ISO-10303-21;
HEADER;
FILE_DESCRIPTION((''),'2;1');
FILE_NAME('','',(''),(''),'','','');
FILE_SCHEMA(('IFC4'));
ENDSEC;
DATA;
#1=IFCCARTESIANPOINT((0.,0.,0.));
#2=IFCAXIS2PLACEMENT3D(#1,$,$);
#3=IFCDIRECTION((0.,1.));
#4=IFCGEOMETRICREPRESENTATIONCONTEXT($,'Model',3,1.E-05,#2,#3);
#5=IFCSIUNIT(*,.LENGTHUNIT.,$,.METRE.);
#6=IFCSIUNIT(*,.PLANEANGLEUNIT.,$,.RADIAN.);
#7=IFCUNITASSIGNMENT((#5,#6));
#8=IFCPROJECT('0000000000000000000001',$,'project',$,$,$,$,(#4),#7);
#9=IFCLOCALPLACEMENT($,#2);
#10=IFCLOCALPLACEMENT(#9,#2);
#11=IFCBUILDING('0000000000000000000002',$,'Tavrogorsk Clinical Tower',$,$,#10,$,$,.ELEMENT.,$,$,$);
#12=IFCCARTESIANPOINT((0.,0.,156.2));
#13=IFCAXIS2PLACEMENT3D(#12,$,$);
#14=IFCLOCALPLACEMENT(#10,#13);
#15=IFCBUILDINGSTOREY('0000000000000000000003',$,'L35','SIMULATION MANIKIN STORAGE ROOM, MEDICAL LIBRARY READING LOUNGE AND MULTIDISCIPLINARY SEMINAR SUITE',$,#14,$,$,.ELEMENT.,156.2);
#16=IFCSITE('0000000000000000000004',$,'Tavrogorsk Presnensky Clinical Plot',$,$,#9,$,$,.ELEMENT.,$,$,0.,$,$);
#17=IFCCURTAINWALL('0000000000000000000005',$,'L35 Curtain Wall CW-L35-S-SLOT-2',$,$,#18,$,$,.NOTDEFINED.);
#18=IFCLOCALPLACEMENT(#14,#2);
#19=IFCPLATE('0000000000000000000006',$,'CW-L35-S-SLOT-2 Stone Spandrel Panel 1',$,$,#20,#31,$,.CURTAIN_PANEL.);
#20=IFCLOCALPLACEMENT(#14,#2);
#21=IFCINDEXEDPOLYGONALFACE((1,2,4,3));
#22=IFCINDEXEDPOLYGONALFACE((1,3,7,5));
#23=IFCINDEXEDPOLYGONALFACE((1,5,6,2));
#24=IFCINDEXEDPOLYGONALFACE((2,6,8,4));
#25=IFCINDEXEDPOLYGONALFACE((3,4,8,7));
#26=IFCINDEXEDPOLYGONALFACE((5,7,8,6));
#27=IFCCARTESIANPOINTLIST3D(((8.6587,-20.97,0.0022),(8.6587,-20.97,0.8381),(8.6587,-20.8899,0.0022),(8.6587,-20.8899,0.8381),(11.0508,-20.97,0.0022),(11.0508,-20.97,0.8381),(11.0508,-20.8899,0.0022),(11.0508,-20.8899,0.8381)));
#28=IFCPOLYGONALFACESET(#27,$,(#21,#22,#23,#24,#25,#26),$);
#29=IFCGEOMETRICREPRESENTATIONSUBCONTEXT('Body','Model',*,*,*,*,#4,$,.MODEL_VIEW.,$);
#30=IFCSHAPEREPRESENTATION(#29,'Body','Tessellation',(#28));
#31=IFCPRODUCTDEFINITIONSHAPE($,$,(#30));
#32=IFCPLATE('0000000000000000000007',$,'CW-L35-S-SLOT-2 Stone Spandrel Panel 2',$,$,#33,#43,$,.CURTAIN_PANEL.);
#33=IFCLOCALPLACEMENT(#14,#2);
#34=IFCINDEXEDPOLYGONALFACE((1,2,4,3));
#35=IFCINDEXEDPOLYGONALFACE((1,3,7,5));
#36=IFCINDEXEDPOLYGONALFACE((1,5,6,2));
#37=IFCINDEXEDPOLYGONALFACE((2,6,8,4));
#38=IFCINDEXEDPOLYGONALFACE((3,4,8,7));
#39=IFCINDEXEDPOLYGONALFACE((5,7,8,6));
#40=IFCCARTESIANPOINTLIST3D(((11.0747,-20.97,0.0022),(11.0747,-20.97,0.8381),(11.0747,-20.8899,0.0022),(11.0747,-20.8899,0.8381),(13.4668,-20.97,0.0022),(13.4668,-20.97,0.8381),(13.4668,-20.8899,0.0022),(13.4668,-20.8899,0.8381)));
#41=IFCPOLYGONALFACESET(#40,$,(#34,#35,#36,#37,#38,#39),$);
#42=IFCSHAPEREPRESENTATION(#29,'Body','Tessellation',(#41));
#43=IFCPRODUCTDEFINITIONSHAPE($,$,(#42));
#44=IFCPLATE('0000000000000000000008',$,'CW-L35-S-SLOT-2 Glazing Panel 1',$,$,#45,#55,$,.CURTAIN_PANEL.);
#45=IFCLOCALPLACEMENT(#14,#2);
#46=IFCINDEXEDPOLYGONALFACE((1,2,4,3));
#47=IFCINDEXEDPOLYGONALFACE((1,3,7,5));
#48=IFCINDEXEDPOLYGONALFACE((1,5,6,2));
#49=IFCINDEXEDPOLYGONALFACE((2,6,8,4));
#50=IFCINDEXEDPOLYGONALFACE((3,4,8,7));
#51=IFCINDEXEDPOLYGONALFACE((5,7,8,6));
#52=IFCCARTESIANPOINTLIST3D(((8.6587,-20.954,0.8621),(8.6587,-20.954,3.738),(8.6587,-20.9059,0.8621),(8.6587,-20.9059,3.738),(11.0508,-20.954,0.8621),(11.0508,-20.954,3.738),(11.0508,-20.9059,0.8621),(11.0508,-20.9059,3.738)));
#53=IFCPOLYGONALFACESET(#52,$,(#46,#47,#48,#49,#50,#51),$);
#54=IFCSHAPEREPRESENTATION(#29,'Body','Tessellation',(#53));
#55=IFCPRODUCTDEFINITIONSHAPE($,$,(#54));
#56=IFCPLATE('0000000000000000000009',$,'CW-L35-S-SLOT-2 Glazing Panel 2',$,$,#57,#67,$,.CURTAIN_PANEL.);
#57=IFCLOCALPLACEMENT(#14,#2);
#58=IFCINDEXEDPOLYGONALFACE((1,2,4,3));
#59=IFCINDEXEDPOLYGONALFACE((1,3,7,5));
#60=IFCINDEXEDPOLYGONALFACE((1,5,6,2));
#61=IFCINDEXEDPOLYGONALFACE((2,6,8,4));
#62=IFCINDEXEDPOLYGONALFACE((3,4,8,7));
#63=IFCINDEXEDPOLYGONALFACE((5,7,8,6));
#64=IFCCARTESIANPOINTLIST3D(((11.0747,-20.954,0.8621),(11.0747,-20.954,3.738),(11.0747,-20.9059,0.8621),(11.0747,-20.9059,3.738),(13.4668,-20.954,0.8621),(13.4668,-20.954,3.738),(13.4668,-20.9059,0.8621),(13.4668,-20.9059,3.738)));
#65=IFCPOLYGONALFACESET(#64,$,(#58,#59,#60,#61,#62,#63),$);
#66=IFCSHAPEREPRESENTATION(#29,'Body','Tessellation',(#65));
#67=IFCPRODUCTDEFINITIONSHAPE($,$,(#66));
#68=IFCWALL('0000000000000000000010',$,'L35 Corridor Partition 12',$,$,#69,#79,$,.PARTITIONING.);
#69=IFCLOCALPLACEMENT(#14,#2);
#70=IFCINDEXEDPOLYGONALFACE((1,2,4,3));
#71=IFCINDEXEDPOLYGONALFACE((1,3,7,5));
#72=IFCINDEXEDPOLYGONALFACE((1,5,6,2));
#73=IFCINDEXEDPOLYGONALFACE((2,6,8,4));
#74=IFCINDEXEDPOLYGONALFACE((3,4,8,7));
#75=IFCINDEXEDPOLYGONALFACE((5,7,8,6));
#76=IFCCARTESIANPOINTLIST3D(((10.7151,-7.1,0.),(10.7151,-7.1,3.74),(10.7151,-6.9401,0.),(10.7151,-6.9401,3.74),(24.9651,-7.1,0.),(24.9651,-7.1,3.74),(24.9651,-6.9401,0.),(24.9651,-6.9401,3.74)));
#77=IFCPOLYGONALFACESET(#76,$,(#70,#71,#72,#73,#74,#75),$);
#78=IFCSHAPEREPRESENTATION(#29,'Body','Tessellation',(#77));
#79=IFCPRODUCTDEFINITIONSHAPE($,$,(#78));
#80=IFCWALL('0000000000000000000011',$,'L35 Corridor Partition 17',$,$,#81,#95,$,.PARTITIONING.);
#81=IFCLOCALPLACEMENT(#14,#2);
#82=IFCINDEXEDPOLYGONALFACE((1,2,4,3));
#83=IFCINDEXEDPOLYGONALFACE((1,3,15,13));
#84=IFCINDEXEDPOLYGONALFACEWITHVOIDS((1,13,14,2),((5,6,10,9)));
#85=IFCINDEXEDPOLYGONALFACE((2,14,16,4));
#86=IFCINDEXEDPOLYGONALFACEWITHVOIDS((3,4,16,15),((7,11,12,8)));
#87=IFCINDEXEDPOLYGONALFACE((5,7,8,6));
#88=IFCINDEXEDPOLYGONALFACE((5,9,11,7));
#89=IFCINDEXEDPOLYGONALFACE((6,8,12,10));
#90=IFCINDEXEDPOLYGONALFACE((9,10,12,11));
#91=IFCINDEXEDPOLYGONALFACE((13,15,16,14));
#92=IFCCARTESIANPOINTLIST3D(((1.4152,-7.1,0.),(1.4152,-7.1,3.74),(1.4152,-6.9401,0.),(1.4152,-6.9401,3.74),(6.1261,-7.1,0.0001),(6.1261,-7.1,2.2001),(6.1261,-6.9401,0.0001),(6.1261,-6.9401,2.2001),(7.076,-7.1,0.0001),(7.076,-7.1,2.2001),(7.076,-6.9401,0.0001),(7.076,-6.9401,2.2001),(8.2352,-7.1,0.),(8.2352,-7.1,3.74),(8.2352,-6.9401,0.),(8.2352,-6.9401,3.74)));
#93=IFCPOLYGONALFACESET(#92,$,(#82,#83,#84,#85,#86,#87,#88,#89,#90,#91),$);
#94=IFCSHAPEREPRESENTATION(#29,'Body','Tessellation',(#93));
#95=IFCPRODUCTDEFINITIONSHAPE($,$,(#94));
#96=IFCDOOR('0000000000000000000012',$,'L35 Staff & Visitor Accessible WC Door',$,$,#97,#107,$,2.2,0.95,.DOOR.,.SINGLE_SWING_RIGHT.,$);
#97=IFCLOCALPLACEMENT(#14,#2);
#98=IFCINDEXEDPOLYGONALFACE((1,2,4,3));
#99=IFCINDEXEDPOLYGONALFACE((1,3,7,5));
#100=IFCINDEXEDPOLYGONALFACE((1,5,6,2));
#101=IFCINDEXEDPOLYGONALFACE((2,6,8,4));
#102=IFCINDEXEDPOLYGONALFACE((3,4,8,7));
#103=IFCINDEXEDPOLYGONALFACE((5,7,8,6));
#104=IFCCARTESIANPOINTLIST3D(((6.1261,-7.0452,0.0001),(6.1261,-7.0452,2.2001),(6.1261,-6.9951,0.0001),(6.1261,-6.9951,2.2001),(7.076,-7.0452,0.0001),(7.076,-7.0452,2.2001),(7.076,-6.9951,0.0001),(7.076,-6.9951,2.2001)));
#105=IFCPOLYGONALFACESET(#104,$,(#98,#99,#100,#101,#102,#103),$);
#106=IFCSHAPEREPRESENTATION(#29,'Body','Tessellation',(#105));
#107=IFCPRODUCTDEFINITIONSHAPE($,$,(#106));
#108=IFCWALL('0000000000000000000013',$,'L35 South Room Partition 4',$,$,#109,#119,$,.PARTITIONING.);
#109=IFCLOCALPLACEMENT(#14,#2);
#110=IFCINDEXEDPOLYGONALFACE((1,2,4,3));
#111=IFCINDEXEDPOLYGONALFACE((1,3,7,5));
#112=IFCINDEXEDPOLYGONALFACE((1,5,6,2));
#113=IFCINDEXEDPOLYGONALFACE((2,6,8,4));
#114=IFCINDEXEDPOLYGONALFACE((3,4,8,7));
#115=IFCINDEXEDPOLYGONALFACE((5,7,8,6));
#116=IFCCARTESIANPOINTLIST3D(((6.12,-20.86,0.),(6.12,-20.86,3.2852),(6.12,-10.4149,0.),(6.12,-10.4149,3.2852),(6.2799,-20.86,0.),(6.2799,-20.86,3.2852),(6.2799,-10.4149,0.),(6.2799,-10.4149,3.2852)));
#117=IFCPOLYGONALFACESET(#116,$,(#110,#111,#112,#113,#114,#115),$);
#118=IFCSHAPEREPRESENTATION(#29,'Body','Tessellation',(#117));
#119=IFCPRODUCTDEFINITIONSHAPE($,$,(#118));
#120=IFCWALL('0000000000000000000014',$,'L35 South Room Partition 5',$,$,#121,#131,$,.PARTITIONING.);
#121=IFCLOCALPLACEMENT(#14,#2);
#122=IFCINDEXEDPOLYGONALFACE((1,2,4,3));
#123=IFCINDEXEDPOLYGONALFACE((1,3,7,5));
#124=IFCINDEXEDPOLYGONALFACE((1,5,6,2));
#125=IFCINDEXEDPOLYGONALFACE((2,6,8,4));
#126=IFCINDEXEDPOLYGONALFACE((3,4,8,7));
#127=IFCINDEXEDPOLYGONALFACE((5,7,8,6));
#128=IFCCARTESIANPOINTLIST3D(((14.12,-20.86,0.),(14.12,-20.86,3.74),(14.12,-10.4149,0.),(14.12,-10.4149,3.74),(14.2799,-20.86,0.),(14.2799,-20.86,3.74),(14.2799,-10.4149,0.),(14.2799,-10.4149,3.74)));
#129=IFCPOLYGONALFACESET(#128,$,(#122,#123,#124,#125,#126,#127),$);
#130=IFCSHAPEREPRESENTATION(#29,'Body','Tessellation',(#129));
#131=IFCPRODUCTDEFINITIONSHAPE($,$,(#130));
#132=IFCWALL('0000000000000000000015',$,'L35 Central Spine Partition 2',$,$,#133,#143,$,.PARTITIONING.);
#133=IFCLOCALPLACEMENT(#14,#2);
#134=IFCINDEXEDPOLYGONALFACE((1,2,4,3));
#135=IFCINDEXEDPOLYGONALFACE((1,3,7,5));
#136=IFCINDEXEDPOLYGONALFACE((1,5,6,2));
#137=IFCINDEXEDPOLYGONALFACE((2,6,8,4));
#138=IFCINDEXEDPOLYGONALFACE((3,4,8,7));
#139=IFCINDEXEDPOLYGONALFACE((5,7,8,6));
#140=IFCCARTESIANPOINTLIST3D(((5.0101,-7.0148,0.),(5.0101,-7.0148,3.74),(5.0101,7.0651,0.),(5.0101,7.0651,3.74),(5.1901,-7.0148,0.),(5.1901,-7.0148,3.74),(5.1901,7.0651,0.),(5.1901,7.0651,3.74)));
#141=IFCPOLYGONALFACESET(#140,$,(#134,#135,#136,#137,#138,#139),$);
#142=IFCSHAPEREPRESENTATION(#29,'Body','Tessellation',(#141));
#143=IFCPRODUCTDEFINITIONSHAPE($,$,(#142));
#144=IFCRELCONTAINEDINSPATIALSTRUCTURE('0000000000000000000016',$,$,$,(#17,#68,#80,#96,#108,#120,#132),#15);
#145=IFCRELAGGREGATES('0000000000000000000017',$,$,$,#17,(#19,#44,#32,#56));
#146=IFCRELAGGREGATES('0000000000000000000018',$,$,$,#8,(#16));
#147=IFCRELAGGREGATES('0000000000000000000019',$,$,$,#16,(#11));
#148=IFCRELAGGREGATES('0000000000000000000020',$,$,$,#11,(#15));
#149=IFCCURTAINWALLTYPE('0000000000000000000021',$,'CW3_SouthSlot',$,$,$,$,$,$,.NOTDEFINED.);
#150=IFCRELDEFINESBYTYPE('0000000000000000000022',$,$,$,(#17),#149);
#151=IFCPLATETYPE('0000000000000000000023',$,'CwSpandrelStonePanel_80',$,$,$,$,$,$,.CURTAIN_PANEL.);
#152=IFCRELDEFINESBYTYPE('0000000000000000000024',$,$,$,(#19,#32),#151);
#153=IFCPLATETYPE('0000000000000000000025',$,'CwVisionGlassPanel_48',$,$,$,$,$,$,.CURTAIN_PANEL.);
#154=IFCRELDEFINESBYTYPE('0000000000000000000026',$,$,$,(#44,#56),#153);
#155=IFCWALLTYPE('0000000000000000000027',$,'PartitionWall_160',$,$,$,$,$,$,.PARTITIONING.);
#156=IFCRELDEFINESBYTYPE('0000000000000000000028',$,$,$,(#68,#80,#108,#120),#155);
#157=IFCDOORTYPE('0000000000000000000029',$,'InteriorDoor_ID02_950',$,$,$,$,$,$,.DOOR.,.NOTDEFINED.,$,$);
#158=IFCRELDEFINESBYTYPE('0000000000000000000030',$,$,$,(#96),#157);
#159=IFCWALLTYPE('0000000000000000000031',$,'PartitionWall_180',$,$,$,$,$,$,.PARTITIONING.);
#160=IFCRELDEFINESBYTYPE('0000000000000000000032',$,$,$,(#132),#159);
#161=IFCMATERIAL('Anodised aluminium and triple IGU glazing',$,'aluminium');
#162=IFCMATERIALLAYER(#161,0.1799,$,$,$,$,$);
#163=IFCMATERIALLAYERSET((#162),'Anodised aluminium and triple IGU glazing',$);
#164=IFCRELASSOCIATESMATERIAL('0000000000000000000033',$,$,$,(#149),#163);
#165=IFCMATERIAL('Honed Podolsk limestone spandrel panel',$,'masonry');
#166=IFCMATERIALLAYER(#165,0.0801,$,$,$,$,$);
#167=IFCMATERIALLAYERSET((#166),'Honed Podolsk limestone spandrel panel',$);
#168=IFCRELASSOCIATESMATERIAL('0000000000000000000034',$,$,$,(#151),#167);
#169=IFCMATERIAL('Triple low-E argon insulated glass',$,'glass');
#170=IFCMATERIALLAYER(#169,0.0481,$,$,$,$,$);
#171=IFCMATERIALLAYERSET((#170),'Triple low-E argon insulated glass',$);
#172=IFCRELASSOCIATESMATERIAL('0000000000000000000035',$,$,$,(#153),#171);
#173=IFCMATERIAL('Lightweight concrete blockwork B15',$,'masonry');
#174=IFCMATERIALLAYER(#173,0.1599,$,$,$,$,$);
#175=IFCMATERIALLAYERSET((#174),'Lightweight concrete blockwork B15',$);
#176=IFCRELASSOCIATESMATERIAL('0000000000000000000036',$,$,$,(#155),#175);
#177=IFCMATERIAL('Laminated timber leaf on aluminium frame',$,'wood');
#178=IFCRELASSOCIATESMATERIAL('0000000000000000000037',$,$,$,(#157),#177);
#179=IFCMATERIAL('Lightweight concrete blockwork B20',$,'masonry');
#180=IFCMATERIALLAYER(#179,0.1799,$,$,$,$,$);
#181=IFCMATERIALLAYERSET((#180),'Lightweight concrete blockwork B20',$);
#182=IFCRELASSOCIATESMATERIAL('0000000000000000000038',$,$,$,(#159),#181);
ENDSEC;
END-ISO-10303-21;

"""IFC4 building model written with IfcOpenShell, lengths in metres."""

from ifc_helpers import new_model, si_unit, direction, frame, frame_2d, origin, origin_2d, place, context, subcontext, project, spatial, rectangle, extrude, material, layer, layer_set, type_object, element, fill, aggregate, save


model = new_model("IFC4")

# Units and contexts
model_context = context("Model", 3, precision=1e-05, world=origin(), true_north=direction((0.0, 1.0)))
body_context = subcontext(model_context, "Body", "Model", "MODEL_VIEW")
ifc_project = project(units=[si_unit("LENGTHUNIT", "METRE"), si_unit("PLANEANGLEUNIT", "RADIAN")], contexts=[model_context])

# Site, building, storey
site_placement = place(None, origin())
site = spatial("IfcSite", under=ifc_project, at=site_placement, Name="Tavrogorsk Presnensky Clinical Plot", CompositionType="ELEMENT", RefElevation=0.0)
building_placement = place(site_placement, origin())
building = spatial("IfcBuilding", under=site, at=building_placement, Name="Tavrogorsk Clinical Tower", CompositionType="ELEMENT")
storey_placement = place(building_placement, frame((0.0, 0.0, 156.2)))
storey = spatial("IfcBuildingStorey", under=building, at=storey_placement, Name="L35", Description="SIMULATION MANIKIN STORAGE ROOM, MEDICAL LIBRARY READING LOUNGE AND MULTIDISCIPLINARY SEMINAR SUITE", CompositionType="ELEMENT", Elevation=156.2)

# Curtain wall
ifc_material_1 = material(Name="Anodised aluminium and triple IGU glazing", Category="aluminium")
ifc_layer_1 = layer(ifc_material_1, 0.1799)
ifc_layer_set_1 = layer_set([ifc_layer_1], Name="Anodised aluminium and triple IGU glazing")
curtain_wall_type = type_object("IfcCurtainWallType", Name="CW3_SouthSlot", PredefinedType="NOTDEFINED", material=ifc_layer_set_1)
curtain_wall_placement = place(storey_placement, origin())
curtain_wall = element("IfcCurtainWall", 1, at=curtain_wall_placement, inside=storey, type_object=curtain_wall_type, Name="L35 Curtain Wall CW-L35-S-SLOT-2", PredefinedType="NOTDEFINED")

# Plates
ifc_material_2 = material(Name="Honed Podolsk limestone spandrel panel", Category="masonry")
ifc_layer_2 = layer(ifc_material_2, 0.0801)
ifc_layer_set_2 = layer_set([ifc_layer_2], Name="Honed Podolsk limestone spandrel panel")
plate_type_1 = type_object("IfcPlateType", Name="CwSpandrelStonePanel_80", PredefinedType="CURTAIN_PANEL", material=ifc_layer_set_2)
plate_1_placement = place(storey_placement, frame((9.8547, -20.9299, 0.0022), z_axis=(0.0, 0.0, 1.0), x_axis=(1.0, 0.0, 0.0)))
plate_1 = element("IfcPlate", 2, at=plate_1_placement, type_object=plate_type_1, Name="CW-L35-S-SLOT-2 Stone Spandrel Panel 1", PredefinedType="CURTAIN_PANEL", context=body_context, shape_type="SweptSolid", body=[
    extrude(rectangle(XDim=2.3921, YDim=0.0801, at=origin_2d()), origin(), (0.0, 0.0, 1.0), 0.8359),
])
plate_2_placement = place(storey_placement, frame((12.2708, -20.9299, 0.0022), z_axis=(0.0, 0.0, 1.0), x_axis=(1.0, 0.0, 0.0)))
plate_2 = element("IfcPlate", 3, at=plate_2_placement, type_object=plate_type_1, Name="CW-L35-S-SLOT-2 Stone Spandrel Panel 2", PredefinedType="CURTAIN_PANEL", context=body_context, shape_type="SweptSolid", body=[
    extrude(rectangle(XDim=2.3921, YDim=0.0801, at=origin_2d()), origin(), (0.0, 0.0, 1.0), 0.8359),
])
ifc_material_3 = material(Name="Triple low-E argon insulated glass", Category="glass")
ifc_layer_3 = layer(ifc_material_3, 0.0481)
ifc_layer_set_3 = layer_set([ifc_layer_3], Name="Triple low-E argon insulated glass")
plate_type_2 = type_object("IfcPlateType", Name="CwVisionGlassPanel_48", PredefinedType="CURTAIN_PANEL", material=ifc_layer_set_3)
plate_3_placement = place(storey_placement, frame((9.8547, -20.9299, 0.8621), z_axis=(0.0, 0.0, 1.0), x_axis=(1.0, 0.0, 0.0)))
plate_3 = element("IfcPlate", 4, at=plate_3_placement, type_object=plate_type_2, Name="CW-L35-S-SLOT-2 Glazing Panel 1", PredefinedType="CURTAIN_PANEL", context=body_context, shape_type="SweptSolid", body=[
    extrude(rectangle(XDim=2.3921, YDim=0.0481, at=origin_2d()), origin(), (0.0, 0.0, 1.0), 2.876),
])
plate_4_placement = place(storey_placement, frame((12.2708, -20.9299, 0.8621), z_axis=(0.0, 0.0, 1.0), x_axis=(1.0, 0.0, 0.0)))
plate_4 = element("IfcPlate", 5, at=plate_4_placement, type_object=plate_type_2, Name="CW-L35-S-SLOT-2 Glazing Panel 2", PredefinedType="CURTAIN_PANEL", context=body_context, shape_type="SweptSolid", body=[
    extrude(rectangle(XDim=2.3921, YDim=0.0481, at=origin_2d()), origin(), (0.0, 0.0, 1.0), 2.876),
])
aggregate(curtain_wall, [plate_1, plate_3, plate_2, plate_4])

# Wall
ifc_material_4 = material(Name="Lightweight concrete blockwork B15", Category="masonry")
ifc_layer_4 = layer(ifc_material_4, 0.1599)
ifc_layer_set_4 = layer_set([ifc_layer_4], Name="Lightweight concrete blockwork B15")
wall_type_1 = type_object("IfcWallType", Name="PartitionWall_160", PredefinedType="PARTITIONING", material=ifc_layer_set_4)
wall_1_placement = place(storey_placement, frame((10.7151, -7.02, 0.0), z_axis=(0.0, 0.0, 1.0), x_axis=(1.0, 0.0, 0.0)))
element("IfcWall", 6, at=wall_1_placement, inside=storey, type_object=wall_type_1, Name="L35 Corridor Partition 12", PredefinedType="PARTITIONING", context=body_context, shape_type="SweptSolid", body=[
    extrude(rectangle(XDim=14.25, YDim=0.1599, at=frame_2d((7.125, 0.0))), origin(), (0.0, 0.0, 1.0), 3.74),
])

# Wall, opening, door
wall_2_placement = place(storey_placement, frame((1.415, -7.02, 0.0), z_axis=(0.0, 0.0, 1.0), x_axis=(1.0, 0.0, 0.0)))
wall_2 = element("IfcWall", 7, at=wall_2_placement, inside=storey, type_object=wall_type_1, Name="L35 Corridor Partition 17", PredefinedType="PARTITIONING", context=body_context, shape_type="SweptSolid", body=[
    extrude(rectangle(XDim=6.8201, YDim=0.1599, at=frame_2d((3.4102, 0.0))), origin(), (0.0, 0.0, 1.0), 3.74),
])
opening_1_placement = place(wall_2_placement, frame((4.7109, 0.0, 0.0)))
opening_1 = element("IfcOpeningElement", 8, at=opening_1_placement, cuts=wall_2, PredefinedType="OPENING", context=body_context, shape_type="SweptSolid", body=[
    extrude(rectangle(XDim=0.95, YDim=2.2, at=frame_2d((0.4751, 1.1001))), frame((0.0, 0.0898, 0.0), z_axis=(0.0, -1.0, 0.0), x_axis=(1.0, 0.0, 0.0)), (0.0, 0.0, 1.0), 0.1799),
])
ifc_material_5 = material(Name="Laminated timber leaf on aluminium frame", Category="wood")
door_type = type_object("IfcDoorType", Name="InteriorDoor_ID02_950", OperationType="NOTDEFINED", PredefinedType="DOOR", material=ifc_material_5)
door_placement = place(opening_1_placement, origin())
door = element("IfcDoor", 9, at=door_placement, inside=storey, type_object=door_type, Name="L35 Staff & Visitor Accessible WC Door", OperationType="SINGLE_SWING_RIGHT", OverallHeight=2.2, OverallWidth=0.95, PredefinedType="DOOR", context=body_context, shape_type="SweptSolid", body=[
    extrude(rectangle(XDim=0.95, YDim=2.2, at=frame_2d((0.4751, 1.1001))), frame((0.0, 0.0249, 0.0), z_axis=(0.0, -1.0, 0.0), x_axis=(1.0, 0.0, 0.0)), (0.0, 0.0, 1.0), 0.05),
])
fill(opening_1, door)

# Walls
wall_3_placement = place(storey_placement, frame((6.2, -20.8601, 0.0), z_axis=(0.0, 0.0, 1.0), x_axis=(0.0, 1.0, 0.0)))
element("IfcWall", 10, at=wall_3_placement, inside=storey, type_object=wall_type_1, Name="L35 South Room Partition 4", PredefinedType="PARTITIONING", context=body_context, shape_type="SweptSolid", body=[
    extrude(rectangle(XDim=10.4451, YDim=0.1599, at=frame_2d((5.2227, 0.0))), origin(), (0.0, 0.0, 1.0), 3.2852),
])
wall_4_placement = place(storey_placement, frame((14.2, -20.8601, 0.0), z_axis=(0.0, 0.0, 1.0), x_axis=(0.0, 1.0, 0.0)))
element("IfcWall", 11, at=wall_4_placement, inside=storey, type_object=wall_type_1, Name="L35 South Room Partition 5", PredefinedType="PARTITIONING", context=body_context, shape_type="SweptSolid", body=[
    extrude(rectangle(XDim=10.4451, YDim=0.1599, at=frame_2d((5.2227, 0.0))), origin(), (0.0, 0.0, 1.0), 3.74),
])
ifc_material_6 = material(Name="Lightweight concrete blockwork B20", Category="masonry")
ifc_layer_5 = layer(ifc_material_6, 0.1799)
ifc_layer_set_5 = layer_set([ifc_layer_5], Name="Lightweight concrete blockwork B20")
wall_type_2 = type_object("IfcWallType", Name="PartitionWall_180", PredefinedType="PARTITIONING", material=ifc_layer_set_5)
wall_5_placement = place(storey_placement, frame((5.1001, -7.0149, 0.0), z_axis=(0.0, 0.0, 1.0), x_axis=(0.0, 1.0, 0.0)))
element("IfcWall", 12, at=wall_5_placement, inside=storey, type_object=wall_type_2, Name="L35 Central Spine Partition 2", PredefinedType="PARTITIONING", context=body_context, shape_type="SweptSolid", body=[
    extrude(rectangle(XDim=14.0798, YDim=0.1799, at=frame_2d((7.04, 0.0))), origin(), (0.0, 0.0, 1.0), 3.74),
])

save(model, "model.ifc")
